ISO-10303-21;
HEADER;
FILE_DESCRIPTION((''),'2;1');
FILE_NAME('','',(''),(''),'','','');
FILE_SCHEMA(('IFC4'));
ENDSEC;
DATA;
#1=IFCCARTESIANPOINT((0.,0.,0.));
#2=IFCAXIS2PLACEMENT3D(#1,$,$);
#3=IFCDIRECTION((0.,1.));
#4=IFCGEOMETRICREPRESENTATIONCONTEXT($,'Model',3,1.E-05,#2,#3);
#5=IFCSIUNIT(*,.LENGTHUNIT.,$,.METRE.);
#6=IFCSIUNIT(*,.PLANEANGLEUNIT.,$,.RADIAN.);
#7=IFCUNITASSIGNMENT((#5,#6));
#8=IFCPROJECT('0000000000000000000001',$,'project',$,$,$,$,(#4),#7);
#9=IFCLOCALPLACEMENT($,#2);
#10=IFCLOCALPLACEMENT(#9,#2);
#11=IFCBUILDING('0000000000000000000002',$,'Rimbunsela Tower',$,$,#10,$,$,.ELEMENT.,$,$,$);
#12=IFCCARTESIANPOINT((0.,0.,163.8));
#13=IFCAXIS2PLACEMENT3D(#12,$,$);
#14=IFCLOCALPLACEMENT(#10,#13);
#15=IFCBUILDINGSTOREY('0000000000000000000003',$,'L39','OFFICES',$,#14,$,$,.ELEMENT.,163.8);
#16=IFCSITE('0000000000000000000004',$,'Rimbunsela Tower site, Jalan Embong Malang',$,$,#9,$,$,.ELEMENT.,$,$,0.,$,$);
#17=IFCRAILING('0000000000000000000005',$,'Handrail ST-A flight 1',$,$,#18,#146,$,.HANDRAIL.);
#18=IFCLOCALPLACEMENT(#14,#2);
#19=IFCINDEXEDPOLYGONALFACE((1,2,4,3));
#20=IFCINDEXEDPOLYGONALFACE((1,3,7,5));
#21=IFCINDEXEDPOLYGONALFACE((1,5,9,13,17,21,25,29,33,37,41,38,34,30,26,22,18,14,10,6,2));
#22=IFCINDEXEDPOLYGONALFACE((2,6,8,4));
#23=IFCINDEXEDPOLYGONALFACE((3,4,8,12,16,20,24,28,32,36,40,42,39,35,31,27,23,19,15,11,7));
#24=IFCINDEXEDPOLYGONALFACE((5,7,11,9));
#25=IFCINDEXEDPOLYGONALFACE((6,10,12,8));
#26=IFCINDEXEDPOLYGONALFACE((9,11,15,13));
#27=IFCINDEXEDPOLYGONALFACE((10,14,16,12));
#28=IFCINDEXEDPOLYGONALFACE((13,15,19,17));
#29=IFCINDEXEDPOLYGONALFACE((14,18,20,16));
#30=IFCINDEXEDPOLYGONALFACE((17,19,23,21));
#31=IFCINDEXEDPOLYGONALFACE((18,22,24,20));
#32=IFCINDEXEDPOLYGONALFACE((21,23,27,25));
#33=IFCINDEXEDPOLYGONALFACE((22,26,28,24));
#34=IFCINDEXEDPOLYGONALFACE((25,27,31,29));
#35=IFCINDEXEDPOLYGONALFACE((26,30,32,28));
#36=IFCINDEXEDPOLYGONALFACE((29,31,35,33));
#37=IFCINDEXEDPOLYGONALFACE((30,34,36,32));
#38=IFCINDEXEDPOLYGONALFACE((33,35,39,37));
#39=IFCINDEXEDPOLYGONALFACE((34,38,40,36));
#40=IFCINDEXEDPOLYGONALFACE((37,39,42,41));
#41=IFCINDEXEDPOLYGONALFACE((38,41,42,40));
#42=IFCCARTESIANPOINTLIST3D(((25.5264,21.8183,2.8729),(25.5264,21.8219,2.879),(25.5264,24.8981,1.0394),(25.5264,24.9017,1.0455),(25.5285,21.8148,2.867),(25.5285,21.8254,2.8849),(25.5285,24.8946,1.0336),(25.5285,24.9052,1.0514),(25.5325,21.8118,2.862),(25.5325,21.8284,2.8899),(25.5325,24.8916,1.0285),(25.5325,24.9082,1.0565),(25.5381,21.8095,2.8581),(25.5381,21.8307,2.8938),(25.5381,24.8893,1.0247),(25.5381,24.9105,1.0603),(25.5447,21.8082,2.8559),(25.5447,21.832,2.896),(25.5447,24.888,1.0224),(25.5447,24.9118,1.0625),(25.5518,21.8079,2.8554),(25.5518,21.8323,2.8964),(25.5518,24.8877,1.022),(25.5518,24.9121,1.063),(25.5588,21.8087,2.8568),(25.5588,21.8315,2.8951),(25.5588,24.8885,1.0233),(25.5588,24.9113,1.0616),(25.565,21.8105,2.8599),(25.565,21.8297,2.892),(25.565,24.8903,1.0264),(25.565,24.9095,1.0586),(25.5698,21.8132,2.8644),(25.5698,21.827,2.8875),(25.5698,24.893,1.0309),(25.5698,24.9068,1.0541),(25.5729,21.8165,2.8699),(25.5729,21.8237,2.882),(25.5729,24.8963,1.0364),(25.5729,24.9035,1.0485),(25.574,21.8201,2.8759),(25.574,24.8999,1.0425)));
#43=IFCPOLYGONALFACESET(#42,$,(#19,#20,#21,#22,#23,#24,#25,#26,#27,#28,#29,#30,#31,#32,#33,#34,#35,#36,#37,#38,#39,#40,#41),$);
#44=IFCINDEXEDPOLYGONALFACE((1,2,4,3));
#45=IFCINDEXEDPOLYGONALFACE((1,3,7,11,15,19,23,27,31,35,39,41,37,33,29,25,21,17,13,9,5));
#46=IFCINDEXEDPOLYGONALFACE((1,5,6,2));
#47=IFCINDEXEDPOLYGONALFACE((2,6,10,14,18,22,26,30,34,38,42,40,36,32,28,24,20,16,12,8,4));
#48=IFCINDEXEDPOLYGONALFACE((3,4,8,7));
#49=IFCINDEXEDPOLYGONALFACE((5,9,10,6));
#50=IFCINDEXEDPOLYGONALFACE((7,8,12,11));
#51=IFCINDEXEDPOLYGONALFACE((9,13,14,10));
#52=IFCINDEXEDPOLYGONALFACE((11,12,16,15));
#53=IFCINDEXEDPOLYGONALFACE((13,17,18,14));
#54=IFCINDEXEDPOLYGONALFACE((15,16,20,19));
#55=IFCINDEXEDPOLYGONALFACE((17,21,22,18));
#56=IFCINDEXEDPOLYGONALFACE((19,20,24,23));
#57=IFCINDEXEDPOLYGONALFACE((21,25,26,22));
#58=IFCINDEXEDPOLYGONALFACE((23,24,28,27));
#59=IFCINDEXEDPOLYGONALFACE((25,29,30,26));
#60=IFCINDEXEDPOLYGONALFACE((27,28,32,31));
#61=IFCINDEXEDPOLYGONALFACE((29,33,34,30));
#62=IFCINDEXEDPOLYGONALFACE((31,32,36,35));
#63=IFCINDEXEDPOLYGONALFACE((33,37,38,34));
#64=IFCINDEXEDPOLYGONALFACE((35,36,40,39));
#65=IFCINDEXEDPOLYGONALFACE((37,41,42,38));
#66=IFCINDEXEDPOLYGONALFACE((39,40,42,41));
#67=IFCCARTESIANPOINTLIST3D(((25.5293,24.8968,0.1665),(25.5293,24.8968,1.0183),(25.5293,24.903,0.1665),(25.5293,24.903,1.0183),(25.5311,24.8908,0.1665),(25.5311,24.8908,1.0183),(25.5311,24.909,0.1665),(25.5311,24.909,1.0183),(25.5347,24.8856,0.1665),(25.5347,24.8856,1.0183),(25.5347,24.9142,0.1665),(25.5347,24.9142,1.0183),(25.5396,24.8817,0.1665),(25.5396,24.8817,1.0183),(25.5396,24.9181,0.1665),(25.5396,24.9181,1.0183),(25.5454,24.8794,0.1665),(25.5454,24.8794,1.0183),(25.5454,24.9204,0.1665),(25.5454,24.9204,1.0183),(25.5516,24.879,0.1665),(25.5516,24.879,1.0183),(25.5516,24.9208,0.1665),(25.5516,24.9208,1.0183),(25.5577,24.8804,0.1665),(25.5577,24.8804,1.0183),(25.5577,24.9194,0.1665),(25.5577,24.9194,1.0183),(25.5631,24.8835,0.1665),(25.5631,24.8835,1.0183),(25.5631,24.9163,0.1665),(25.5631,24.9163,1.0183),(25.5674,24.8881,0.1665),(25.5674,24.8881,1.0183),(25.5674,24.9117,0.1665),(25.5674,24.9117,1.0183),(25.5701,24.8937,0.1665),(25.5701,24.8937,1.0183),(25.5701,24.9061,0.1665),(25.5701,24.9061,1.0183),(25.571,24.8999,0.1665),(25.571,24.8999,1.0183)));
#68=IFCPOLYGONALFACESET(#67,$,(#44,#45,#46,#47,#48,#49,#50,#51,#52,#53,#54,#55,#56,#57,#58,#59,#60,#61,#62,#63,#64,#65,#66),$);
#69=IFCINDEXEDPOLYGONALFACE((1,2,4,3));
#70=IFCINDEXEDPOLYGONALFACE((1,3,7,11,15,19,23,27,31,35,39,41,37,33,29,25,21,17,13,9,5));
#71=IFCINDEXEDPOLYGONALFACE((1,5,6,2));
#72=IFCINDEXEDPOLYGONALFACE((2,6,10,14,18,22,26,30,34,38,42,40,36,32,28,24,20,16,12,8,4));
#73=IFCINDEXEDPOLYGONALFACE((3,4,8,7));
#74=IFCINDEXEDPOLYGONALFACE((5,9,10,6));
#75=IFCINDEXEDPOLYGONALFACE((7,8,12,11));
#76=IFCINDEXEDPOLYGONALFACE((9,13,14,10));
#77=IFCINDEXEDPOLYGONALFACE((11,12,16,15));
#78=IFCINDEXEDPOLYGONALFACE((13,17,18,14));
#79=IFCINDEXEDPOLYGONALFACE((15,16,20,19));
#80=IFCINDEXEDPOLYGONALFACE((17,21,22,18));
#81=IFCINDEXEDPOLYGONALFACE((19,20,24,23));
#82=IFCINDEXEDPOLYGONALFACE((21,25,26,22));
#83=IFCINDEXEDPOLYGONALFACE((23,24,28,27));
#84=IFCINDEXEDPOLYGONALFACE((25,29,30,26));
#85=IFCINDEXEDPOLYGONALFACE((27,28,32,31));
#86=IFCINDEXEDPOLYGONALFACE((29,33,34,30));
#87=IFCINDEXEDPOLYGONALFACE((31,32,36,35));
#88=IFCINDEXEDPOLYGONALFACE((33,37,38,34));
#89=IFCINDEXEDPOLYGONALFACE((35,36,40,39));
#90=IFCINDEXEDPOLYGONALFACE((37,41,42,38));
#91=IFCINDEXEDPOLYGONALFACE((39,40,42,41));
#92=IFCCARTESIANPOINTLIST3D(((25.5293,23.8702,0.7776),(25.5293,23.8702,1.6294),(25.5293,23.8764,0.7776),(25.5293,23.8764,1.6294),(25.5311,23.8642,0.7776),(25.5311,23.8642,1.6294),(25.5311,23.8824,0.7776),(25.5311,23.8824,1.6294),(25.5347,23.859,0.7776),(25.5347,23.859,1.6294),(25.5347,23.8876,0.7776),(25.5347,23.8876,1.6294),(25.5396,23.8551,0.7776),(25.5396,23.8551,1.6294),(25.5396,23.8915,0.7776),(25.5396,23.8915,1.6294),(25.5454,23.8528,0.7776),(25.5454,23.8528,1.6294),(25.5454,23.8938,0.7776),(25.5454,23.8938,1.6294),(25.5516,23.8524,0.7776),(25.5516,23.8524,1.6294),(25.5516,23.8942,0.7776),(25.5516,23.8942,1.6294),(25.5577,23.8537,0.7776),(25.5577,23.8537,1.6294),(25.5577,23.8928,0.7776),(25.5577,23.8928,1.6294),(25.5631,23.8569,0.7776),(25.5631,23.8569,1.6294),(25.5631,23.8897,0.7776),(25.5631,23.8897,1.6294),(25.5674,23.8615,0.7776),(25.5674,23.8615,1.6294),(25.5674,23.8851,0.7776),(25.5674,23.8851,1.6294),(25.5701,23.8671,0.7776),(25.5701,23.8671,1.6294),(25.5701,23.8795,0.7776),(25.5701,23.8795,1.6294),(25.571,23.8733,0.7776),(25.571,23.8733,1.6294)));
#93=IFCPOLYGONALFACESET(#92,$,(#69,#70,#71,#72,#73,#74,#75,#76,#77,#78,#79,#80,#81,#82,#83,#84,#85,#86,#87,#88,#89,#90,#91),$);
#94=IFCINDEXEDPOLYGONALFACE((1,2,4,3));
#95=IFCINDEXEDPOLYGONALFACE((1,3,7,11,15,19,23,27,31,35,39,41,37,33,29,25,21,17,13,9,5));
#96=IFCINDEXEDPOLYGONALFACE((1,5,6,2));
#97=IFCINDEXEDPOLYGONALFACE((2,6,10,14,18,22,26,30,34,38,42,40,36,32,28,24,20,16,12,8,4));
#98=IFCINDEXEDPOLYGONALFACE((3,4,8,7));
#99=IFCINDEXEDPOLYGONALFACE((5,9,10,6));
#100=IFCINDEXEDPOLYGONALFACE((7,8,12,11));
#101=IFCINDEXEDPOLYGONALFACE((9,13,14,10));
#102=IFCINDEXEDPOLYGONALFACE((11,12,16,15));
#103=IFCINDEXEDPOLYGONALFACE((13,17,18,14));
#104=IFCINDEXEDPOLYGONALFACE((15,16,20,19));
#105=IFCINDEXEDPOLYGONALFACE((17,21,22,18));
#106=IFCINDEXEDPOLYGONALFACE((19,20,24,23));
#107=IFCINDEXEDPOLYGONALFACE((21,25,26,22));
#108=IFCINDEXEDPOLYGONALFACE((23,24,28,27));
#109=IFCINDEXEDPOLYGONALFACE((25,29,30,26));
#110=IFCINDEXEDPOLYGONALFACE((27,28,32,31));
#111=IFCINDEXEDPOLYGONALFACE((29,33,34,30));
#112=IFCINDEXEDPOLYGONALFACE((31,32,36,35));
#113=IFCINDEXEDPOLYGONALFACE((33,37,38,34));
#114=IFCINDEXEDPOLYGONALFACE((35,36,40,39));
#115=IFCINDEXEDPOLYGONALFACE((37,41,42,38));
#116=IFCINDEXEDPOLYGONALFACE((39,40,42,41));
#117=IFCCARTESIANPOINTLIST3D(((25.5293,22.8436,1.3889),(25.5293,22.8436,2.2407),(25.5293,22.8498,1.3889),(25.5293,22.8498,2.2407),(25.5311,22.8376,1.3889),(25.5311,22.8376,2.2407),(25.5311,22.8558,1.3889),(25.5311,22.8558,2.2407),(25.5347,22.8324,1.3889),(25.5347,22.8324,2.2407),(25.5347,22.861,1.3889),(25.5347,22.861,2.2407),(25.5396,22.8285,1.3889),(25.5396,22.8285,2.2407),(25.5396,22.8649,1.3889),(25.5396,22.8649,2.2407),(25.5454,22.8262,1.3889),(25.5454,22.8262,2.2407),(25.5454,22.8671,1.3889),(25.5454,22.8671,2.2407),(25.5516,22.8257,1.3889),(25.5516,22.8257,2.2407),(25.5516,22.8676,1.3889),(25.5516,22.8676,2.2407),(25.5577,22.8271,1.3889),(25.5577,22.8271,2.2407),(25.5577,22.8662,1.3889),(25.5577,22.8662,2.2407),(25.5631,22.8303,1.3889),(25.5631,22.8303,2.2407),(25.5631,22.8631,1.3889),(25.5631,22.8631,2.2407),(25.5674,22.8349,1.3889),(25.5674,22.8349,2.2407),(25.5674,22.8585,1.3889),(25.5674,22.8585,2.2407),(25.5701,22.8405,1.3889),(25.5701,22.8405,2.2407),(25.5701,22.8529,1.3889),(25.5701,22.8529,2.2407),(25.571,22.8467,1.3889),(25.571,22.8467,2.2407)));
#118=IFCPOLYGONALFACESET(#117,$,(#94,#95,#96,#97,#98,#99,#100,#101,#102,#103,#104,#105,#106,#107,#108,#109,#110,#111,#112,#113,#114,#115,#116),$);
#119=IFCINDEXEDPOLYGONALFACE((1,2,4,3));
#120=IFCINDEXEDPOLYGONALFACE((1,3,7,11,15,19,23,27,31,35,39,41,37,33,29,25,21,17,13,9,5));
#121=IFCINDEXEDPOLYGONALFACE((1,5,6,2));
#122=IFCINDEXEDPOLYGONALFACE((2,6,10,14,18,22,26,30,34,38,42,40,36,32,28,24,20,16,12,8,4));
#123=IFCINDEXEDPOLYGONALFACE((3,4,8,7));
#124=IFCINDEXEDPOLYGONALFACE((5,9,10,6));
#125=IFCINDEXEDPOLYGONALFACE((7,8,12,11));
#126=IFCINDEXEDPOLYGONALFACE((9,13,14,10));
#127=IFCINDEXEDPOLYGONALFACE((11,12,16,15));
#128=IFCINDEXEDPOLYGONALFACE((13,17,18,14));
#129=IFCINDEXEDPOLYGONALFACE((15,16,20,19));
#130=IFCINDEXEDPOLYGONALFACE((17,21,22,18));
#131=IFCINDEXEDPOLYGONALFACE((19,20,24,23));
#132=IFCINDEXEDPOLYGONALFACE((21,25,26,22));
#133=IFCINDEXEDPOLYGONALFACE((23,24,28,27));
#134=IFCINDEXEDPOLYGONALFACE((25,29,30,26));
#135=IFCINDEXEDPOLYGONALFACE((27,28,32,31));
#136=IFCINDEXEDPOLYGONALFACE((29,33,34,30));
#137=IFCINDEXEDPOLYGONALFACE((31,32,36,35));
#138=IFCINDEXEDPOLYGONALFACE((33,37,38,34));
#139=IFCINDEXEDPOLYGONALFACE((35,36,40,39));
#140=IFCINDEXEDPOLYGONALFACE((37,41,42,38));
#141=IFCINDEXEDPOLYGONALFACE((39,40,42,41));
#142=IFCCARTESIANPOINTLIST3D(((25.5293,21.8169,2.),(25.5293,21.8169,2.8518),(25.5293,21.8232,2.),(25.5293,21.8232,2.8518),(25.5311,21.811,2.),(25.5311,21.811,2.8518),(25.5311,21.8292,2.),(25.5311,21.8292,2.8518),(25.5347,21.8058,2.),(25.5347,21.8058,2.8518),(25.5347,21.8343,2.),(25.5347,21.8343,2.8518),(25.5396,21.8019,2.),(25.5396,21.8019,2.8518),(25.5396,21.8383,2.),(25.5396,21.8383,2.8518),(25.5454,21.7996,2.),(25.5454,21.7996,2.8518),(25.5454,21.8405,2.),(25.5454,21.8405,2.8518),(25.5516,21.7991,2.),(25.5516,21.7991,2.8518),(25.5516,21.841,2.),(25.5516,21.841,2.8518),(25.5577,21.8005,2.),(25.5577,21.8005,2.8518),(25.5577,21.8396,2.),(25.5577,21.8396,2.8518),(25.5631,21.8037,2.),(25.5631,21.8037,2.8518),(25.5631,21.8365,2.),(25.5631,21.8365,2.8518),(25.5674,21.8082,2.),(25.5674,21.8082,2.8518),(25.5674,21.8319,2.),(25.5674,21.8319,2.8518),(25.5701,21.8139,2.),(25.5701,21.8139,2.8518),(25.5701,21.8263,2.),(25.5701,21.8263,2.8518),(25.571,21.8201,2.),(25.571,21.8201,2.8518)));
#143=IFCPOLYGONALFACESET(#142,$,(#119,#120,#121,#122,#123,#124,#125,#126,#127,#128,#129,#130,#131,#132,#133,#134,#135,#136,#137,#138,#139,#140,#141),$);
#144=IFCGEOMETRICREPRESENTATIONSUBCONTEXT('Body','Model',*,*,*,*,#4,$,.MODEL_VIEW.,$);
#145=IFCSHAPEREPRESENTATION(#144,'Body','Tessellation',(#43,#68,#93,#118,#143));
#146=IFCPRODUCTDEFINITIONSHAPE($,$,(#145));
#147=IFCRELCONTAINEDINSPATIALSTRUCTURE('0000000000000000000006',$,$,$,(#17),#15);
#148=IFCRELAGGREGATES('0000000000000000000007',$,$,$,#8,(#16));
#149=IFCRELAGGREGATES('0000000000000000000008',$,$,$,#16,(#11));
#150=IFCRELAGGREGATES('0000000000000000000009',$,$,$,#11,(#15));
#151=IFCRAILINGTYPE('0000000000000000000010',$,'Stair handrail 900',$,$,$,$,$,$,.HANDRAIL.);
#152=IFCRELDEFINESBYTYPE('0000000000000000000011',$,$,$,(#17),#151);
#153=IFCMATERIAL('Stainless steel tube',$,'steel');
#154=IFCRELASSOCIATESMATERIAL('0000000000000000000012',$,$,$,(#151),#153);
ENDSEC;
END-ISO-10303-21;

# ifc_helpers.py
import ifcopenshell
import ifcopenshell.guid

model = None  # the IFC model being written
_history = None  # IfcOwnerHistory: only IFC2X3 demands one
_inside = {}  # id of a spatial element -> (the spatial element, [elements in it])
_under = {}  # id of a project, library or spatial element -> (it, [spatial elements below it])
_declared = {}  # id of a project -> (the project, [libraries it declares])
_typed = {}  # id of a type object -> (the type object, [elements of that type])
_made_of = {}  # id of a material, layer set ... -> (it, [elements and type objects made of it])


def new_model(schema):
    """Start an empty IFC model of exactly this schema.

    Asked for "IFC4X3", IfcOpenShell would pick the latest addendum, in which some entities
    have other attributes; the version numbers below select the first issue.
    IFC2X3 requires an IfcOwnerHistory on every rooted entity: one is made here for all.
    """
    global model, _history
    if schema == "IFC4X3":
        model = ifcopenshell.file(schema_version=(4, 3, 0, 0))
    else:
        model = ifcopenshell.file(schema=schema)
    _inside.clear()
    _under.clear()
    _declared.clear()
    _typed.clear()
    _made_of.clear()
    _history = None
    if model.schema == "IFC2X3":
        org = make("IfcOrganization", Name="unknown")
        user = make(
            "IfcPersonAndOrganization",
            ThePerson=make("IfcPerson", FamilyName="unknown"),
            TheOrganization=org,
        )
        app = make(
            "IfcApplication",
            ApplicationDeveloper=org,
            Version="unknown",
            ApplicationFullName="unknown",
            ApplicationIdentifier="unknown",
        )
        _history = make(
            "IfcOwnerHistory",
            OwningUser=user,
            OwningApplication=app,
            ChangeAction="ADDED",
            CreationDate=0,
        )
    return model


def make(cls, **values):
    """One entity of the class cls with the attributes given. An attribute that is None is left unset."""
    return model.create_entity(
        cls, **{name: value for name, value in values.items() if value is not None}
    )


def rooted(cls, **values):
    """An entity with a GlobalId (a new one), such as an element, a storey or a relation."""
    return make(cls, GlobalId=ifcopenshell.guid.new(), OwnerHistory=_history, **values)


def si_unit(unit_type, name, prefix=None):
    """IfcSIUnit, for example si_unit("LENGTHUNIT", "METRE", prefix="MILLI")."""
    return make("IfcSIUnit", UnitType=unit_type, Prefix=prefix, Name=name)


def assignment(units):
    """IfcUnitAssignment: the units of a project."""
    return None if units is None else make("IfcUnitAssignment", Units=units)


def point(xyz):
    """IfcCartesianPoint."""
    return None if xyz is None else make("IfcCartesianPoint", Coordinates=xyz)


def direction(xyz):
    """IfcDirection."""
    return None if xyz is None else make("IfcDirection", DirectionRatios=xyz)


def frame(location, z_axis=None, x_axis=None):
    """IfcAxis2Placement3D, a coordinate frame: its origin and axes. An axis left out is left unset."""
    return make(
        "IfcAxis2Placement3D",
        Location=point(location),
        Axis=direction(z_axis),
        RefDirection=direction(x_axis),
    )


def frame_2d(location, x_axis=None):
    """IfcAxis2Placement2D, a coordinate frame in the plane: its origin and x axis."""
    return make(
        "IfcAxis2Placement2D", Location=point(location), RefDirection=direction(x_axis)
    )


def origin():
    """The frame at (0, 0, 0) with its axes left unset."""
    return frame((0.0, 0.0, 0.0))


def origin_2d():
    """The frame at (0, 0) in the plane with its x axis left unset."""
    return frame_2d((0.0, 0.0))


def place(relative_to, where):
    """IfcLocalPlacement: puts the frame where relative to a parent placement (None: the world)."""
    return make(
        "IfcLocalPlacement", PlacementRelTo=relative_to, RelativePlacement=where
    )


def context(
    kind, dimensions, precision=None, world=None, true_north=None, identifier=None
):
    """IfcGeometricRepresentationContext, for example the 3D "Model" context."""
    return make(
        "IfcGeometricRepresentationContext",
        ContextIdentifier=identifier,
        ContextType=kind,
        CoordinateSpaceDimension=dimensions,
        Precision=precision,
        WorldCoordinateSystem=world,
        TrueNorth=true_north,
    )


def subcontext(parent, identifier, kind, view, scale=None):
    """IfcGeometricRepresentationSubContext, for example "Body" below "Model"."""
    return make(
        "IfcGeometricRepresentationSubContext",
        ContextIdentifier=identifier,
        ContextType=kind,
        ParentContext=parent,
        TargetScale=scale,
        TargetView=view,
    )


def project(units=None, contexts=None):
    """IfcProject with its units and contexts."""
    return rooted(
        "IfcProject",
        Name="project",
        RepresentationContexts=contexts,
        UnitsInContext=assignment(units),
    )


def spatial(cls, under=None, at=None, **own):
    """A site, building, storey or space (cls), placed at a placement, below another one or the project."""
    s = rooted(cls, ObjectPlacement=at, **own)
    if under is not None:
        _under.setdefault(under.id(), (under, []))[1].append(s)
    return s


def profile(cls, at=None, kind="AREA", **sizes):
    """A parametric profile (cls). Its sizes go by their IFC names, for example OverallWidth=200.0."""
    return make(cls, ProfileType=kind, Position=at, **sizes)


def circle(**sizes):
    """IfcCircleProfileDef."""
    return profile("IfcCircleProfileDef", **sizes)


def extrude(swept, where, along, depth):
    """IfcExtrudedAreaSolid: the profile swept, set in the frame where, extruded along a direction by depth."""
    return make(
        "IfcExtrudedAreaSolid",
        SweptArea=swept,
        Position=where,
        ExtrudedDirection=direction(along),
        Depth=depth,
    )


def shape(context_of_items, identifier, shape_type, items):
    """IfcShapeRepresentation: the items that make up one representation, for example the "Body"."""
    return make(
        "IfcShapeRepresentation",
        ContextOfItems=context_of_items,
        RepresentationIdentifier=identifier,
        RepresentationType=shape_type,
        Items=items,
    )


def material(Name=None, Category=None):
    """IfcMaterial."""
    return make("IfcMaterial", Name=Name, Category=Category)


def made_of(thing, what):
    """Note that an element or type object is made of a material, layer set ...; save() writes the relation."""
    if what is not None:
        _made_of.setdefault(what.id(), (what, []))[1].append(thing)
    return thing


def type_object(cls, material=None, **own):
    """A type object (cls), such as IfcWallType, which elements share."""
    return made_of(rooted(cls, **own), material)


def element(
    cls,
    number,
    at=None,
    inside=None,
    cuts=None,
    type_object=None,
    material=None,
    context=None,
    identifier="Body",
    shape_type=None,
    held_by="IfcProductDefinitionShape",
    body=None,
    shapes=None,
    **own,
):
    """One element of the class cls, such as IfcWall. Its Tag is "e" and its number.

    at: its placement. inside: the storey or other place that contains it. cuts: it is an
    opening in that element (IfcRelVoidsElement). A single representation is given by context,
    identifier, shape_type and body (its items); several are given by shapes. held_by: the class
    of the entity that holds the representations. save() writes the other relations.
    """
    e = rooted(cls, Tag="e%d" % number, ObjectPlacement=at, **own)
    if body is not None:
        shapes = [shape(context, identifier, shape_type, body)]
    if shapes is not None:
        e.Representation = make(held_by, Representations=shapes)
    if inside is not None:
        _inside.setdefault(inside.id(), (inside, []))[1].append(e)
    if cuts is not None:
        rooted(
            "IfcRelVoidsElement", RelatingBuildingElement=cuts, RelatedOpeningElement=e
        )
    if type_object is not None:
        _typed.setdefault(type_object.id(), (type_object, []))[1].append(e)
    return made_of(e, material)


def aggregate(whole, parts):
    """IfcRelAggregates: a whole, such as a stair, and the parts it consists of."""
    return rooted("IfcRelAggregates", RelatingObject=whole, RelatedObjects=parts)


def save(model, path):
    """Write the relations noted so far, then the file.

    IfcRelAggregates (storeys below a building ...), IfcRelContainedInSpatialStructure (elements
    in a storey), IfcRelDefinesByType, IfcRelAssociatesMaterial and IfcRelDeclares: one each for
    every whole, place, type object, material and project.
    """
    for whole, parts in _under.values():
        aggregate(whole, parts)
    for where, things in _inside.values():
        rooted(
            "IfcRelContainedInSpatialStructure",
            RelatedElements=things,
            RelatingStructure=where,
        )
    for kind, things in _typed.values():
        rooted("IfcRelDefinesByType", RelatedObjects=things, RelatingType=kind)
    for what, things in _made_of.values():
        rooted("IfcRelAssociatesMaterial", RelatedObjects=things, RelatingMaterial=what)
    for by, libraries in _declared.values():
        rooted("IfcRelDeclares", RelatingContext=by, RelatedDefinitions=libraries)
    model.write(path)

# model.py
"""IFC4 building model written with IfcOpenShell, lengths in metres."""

from ifc_helpers import new_model, si_unit, direction, frame, origin, origin_2d, place, context, subcontext, project, spatial, circle, extrude, material, type_object, element, save


model = new_model("IFC4")

# Units and contexts
model_context = context("Model", 3, precision=1e-05, world=origin(), true_north=direction((0.0, 1.0)))
body_context = subcontext(model_context, "Body", "Model", "MODEL_VIEW")
ifc_project = project(units=[si_unit("LENGTHUNIT", "METRE"), si_unit("PLANEANGLEUNIT", "RADIAN")], contexts=[model_context])

# Site, building, storey
site_placement = place(None, origin())
site = spatial("IfcSite", under=ifc_project, at=site_placement, Name="Rimbunsela Tower site, Jalan Embong Malang", CompositionType="ELEMENT", RefElevation=0.0)
building_placement = place(site_placement, origin())
building = spatial("IfcBuilding", under=site, at=building_placement, Name="Rimbunsela Tower", CompositionType="ELEMENT")
storey_placement = place(building_placement, frame((0.0, 0.0, 163.8)))
storey = spatial("IfcBuildingStorey", under=building, at=storey_placement, Name="L39", Description="OFFICES", CompositionType="ELEMENT", Elevation=163.8)

# Railing
ifc_material_1 = material(Name="Stainless steel tube", Category="steel")
railing_type = type_object("IfcRailingType", Name="Stair handrail 900", PredefinedType="HANDRAIL", material=ifc_material_1)
for number, where, name in (
    (1, (25.55, 24.8999, 0.1665), "Handrail ST-A flight 1"),
):
    element("IfcRailing", number, at=place(storey_placement, frame(where)), inside=storey, type_object=railing_type, Name=name, PredefinedType="HANDRAIL", context=body_context, shape_type="SweptSolid", body=[
        extrude(circle(Radius=0.0239, at=origin_2d()), frame((0.0, 0.0, 0.876), z_axis=(0.0, -0.859261, 0.511538), x_axis=(1.0, 0.0, 0.0)), (0.0, 0.0, 1.0), 3.5842),
        extrude(circle(Radius=0.021, at=origin_2d()), origin(), (0.0, 0.0, 1.0), 0.8518),
        extrude(circle(Radius=0.021, at=origin_2d()), frame((0.0, -1.0266, 0.6111)), (0.0, 0.0, 1.0), 0.8518),
        extrude(circle(Radius=0.021, at=origin_2d()), frame((0.0, -2.0532, 1.2224)), (0.0, 0.0, 1.0), 0.8518),
        extrude(circle(Radius=0.021, at=origin_2d()), frame((0.0, -3.0798, 1.8335)), (0.0, 0.0, 1.0), 0.8518),
    ])

save(model, "model.ifc")
